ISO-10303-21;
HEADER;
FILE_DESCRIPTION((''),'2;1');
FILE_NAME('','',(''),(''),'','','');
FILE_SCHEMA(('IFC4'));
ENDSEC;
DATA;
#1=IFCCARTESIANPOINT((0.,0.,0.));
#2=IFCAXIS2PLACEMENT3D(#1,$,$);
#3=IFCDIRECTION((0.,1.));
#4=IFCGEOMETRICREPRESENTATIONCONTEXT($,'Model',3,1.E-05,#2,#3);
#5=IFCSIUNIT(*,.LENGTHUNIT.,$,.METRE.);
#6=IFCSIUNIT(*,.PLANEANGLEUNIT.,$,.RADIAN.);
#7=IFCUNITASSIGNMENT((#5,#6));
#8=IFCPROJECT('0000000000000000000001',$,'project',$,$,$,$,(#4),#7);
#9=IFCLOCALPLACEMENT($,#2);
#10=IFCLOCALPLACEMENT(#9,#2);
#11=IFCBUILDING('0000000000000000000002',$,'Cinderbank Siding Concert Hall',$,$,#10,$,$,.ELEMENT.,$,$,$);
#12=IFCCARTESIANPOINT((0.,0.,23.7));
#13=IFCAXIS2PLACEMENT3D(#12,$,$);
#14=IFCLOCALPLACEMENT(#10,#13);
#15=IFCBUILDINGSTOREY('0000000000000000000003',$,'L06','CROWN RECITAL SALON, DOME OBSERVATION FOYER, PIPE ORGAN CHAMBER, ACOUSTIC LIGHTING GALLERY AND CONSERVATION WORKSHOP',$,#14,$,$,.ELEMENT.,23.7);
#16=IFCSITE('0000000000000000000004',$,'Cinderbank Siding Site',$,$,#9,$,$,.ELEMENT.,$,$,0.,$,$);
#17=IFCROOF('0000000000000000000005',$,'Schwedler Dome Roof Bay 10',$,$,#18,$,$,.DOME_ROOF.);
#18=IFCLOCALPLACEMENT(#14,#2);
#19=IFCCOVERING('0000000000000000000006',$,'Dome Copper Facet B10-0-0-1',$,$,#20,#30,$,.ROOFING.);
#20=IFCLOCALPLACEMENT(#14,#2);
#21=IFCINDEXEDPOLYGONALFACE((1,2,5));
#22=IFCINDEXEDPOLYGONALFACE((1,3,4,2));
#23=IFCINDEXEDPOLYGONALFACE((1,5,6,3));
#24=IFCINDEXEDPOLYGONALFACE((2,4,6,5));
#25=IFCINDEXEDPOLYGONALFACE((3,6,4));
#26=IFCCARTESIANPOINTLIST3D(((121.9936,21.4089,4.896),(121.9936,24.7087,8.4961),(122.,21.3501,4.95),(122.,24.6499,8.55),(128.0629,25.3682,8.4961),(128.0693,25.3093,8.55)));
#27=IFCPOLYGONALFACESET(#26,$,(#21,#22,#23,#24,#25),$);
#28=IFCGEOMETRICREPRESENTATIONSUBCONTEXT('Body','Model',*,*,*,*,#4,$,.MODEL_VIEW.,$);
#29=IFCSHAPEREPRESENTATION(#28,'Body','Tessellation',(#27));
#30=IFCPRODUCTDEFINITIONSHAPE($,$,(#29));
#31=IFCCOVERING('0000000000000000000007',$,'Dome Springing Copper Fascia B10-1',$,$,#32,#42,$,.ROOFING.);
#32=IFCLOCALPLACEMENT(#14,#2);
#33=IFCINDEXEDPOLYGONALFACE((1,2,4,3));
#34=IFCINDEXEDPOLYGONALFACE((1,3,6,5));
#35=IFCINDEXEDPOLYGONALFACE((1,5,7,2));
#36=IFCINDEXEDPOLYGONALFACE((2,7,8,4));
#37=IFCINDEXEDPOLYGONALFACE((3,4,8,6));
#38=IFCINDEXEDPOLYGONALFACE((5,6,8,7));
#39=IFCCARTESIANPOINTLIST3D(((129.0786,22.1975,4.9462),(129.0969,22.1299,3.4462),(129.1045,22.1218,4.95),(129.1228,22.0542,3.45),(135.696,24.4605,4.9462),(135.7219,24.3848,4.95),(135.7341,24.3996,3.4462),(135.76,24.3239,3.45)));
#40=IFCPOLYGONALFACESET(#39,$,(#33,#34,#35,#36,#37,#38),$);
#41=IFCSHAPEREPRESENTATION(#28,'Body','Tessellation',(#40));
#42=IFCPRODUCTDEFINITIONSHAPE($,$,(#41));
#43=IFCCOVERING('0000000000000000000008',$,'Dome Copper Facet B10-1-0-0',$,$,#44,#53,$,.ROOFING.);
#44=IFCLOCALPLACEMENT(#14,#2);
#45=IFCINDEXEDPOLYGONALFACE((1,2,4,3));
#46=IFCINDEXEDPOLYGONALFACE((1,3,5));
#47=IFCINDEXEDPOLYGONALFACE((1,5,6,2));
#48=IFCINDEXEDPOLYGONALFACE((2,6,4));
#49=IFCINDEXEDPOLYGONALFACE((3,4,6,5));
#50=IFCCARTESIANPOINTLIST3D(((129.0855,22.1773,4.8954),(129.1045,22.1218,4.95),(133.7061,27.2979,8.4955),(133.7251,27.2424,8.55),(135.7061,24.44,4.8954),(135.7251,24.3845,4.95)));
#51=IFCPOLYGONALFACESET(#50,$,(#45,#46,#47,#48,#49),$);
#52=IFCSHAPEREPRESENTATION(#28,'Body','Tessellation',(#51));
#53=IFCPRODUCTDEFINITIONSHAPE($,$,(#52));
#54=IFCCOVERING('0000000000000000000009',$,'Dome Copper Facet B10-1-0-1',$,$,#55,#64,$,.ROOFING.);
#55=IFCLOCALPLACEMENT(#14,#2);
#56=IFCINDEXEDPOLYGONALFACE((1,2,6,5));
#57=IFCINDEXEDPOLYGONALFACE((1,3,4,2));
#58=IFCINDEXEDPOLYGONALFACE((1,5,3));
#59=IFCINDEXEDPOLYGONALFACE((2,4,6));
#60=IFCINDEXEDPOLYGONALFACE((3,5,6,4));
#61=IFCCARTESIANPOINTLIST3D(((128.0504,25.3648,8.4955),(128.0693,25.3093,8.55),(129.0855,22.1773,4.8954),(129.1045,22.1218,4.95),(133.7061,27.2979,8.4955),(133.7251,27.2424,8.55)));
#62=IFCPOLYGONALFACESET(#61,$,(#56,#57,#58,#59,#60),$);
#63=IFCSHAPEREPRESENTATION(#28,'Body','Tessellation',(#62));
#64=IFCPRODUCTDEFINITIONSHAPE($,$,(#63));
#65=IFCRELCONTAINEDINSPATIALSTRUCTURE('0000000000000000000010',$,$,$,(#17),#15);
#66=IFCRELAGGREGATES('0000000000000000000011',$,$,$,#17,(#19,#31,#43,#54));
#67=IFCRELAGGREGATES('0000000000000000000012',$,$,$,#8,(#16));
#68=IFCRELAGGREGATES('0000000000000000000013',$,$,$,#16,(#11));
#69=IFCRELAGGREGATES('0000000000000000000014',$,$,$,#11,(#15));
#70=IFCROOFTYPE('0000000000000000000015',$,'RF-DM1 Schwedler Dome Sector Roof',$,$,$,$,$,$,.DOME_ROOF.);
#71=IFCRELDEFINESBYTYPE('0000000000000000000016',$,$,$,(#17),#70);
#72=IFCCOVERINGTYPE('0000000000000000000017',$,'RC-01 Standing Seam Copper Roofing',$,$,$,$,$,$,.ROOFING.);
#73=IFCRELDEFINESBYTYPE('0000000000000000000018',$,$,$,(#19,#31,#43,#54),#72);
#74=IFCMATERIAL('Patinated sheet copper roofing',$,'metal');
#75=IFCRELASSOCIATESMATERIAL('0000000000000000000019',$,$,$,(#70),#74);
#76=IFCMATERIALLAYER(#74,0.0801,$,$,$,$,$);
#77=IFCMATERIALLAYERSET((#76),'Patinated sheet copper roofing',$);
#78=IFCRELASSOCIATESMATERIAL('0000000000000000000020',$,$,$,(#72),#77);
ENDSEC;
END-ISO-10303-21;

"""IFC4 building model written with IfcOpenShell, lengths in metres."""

from ifc_helpers import new_model, si_unit, direction, frame, origin, place, context, subcontext, project, spatial, polyline, outline, extrude, material, layer, layer_set, type_object, element, aggregate, save


model = new_model("IFC4")

# Units and contexts
model_context = context("Model", 3, precision=1e-05, world=origin(), true_north=direction((0.0, 1.0)))
body_context = subcontext(model_context, "Body", "Model", "MODEL_VIEW")
ifc_project = project(units=[si_unit("LENGTHUNIT", "METRE"), si_unit("PLANEANGLEUNIT", "RADIAN")], contexts=[model_context])

# Site, building, storey
site_placement = place(None, origin())
site = spatial("IfcSite", under=ifc_project, at=site_placement, Name="Cinderbank Siding Site", CompositionType="ELEMENT", RefElevation=0.0)
building_placement = place(site_placement, origin())
building = spatial("IfcBuilding", under=site, at=building_placement, Name="Cinderbank Siding Concert Hall", CompositionType="ELEMENT")
storey_placement = place(building_placement, frame((0.0, 0.0, 23.7)))
storey = spatial("IfcBuildingStorey", under=building, at=storey_placement, Name="L06", Description="CROWN RECITAL SALON, DOME OBSERVATION FOYER, PIPE ORGAN CHAMBER, ACOUSTIC LIGHTING GALLERY AND CONSERVATION WORKSHOP", CompositionType="ELEMENT", Elevation=23.7)

# Roof, coverings
ifc_material_1 = material(Name="Patinated sheet copper roofing", Category="metal")
roof_type = type_object("IfcRoofType", Name="RF-DM1 Schwedler Dome Sector Roof", PredefinedType="DOME_ROOF", material=ifc_material_1)
roof_placement = place(storey_placement, origin())
roof = element("IfcRoof", 1, at=roof_placement, inside=storey, type_object=roof_type, Name="Schwedler Dome Roof Bay 10", PredefinedType="DOME_ROOF")
ifc_layer_1 = layer(ifc_material_1, 0.0801)
ifc_layer_set_1 = layer_set([ifc_layer_1], Name="Patinated sheet copper roofing")
covering_type = type_object("IfcCoveringType", Name="RC-01 Standing Seam Copper Roofing", PredefinedType="ROOFING", material=ifc_layer_set_1)
covering_1_placement = place(storey_placement, frame((122.0, 21.3501, 4.95), z_axis=(0.079838, -0.73483, 0.673536), x_axis=(0.750084, 0.489305, 0.444921)))
covering_1 = element("IfcCovering", 2, at=covering_1_placement, type_object=covering_type, Name="Dome Copper Facet B10-0-0-1", PredefinedType="ROOFING", context=body_context, shape_type="SweptSolid", body=[
    extrude(outline(polyline([(0.0, 0.0), (8.0915, 0.0), (3.2164, 3.6748), (0.0, 0.0)])), origin(), (0.0, 0.0, -1.0), 0.0801),
])
covering_2_placement = place(storey_placement, frame((129.1228, 22.0542, 3.45), z_axis=(0.323224, -0.945178, 0.046535), x_axis=(0.946203, 0.323575, 0.0)))
covering_2 = element("IfcCovering", 3, at=covering_2_placement, type_object=covering_type, Name="Dome Springing Copper Fascia B10-1", PredefinedType="ROOFING", context=body_context, shape_type="SweptSolid", body=[
    extrude(outline(polyline([(0.0, 0.0), (7.0146, 0.0), (6.9982, 1.5016), (0.0046, 1.5016), (0.0, 0.0)])), origin(), (0.0, 0.0, -1.0), 0.0801),
])
covering_3_placement = place(storey_placement, frame((129.1045, 22.1218, 4.95), z_axis=(0.236717, -0.692629, 0.681344), x_axis=(0.946262, 0.3234, 0.0)))
covering_3 = element("IfcCovering", 4, at=covering_3_placement, type_object=covering_type, Name="Dome Copper Facet B10-1-0-0", PredefinedType="ROOFING", context=body_context, shape_type="SweptSolid", body=[
    extrude(outline(polyline([(0.0, 0.0), (6.9966, 0.0), (6.0283, 4.9184), (0.0, 0.0)])), origin(), (0.0, 0.0, -1.0), 0.0801),
])
covering_4_placement = place(storey_placement, frame((129.1045, 22.1218, 4.95), z_axis=(0.236739, -0.692638, 0.681328), x_axis=(0.593894, 0.65816, 0.462726)))
covering_4 = element("IfcCovering", 5, at=covering_4_placement, type_object=covering_type, Name="Dome Copper Facet B10-1-0-1", PredefinedType="ROOFING", context=body_context, shape_type="SweptSolid", body=[
    extrude(outline(polyline([(0.0, 0.0), (7.7802, 0.0), (3.149, 3.7784), (0.0, 0.0)])), origin(), (0.0, 0.0, -1.0), 0.0801),
])
aggregate(roof, [covering_1, covering_2, covering_3, covering_4])

save(model, "model.ifc")
